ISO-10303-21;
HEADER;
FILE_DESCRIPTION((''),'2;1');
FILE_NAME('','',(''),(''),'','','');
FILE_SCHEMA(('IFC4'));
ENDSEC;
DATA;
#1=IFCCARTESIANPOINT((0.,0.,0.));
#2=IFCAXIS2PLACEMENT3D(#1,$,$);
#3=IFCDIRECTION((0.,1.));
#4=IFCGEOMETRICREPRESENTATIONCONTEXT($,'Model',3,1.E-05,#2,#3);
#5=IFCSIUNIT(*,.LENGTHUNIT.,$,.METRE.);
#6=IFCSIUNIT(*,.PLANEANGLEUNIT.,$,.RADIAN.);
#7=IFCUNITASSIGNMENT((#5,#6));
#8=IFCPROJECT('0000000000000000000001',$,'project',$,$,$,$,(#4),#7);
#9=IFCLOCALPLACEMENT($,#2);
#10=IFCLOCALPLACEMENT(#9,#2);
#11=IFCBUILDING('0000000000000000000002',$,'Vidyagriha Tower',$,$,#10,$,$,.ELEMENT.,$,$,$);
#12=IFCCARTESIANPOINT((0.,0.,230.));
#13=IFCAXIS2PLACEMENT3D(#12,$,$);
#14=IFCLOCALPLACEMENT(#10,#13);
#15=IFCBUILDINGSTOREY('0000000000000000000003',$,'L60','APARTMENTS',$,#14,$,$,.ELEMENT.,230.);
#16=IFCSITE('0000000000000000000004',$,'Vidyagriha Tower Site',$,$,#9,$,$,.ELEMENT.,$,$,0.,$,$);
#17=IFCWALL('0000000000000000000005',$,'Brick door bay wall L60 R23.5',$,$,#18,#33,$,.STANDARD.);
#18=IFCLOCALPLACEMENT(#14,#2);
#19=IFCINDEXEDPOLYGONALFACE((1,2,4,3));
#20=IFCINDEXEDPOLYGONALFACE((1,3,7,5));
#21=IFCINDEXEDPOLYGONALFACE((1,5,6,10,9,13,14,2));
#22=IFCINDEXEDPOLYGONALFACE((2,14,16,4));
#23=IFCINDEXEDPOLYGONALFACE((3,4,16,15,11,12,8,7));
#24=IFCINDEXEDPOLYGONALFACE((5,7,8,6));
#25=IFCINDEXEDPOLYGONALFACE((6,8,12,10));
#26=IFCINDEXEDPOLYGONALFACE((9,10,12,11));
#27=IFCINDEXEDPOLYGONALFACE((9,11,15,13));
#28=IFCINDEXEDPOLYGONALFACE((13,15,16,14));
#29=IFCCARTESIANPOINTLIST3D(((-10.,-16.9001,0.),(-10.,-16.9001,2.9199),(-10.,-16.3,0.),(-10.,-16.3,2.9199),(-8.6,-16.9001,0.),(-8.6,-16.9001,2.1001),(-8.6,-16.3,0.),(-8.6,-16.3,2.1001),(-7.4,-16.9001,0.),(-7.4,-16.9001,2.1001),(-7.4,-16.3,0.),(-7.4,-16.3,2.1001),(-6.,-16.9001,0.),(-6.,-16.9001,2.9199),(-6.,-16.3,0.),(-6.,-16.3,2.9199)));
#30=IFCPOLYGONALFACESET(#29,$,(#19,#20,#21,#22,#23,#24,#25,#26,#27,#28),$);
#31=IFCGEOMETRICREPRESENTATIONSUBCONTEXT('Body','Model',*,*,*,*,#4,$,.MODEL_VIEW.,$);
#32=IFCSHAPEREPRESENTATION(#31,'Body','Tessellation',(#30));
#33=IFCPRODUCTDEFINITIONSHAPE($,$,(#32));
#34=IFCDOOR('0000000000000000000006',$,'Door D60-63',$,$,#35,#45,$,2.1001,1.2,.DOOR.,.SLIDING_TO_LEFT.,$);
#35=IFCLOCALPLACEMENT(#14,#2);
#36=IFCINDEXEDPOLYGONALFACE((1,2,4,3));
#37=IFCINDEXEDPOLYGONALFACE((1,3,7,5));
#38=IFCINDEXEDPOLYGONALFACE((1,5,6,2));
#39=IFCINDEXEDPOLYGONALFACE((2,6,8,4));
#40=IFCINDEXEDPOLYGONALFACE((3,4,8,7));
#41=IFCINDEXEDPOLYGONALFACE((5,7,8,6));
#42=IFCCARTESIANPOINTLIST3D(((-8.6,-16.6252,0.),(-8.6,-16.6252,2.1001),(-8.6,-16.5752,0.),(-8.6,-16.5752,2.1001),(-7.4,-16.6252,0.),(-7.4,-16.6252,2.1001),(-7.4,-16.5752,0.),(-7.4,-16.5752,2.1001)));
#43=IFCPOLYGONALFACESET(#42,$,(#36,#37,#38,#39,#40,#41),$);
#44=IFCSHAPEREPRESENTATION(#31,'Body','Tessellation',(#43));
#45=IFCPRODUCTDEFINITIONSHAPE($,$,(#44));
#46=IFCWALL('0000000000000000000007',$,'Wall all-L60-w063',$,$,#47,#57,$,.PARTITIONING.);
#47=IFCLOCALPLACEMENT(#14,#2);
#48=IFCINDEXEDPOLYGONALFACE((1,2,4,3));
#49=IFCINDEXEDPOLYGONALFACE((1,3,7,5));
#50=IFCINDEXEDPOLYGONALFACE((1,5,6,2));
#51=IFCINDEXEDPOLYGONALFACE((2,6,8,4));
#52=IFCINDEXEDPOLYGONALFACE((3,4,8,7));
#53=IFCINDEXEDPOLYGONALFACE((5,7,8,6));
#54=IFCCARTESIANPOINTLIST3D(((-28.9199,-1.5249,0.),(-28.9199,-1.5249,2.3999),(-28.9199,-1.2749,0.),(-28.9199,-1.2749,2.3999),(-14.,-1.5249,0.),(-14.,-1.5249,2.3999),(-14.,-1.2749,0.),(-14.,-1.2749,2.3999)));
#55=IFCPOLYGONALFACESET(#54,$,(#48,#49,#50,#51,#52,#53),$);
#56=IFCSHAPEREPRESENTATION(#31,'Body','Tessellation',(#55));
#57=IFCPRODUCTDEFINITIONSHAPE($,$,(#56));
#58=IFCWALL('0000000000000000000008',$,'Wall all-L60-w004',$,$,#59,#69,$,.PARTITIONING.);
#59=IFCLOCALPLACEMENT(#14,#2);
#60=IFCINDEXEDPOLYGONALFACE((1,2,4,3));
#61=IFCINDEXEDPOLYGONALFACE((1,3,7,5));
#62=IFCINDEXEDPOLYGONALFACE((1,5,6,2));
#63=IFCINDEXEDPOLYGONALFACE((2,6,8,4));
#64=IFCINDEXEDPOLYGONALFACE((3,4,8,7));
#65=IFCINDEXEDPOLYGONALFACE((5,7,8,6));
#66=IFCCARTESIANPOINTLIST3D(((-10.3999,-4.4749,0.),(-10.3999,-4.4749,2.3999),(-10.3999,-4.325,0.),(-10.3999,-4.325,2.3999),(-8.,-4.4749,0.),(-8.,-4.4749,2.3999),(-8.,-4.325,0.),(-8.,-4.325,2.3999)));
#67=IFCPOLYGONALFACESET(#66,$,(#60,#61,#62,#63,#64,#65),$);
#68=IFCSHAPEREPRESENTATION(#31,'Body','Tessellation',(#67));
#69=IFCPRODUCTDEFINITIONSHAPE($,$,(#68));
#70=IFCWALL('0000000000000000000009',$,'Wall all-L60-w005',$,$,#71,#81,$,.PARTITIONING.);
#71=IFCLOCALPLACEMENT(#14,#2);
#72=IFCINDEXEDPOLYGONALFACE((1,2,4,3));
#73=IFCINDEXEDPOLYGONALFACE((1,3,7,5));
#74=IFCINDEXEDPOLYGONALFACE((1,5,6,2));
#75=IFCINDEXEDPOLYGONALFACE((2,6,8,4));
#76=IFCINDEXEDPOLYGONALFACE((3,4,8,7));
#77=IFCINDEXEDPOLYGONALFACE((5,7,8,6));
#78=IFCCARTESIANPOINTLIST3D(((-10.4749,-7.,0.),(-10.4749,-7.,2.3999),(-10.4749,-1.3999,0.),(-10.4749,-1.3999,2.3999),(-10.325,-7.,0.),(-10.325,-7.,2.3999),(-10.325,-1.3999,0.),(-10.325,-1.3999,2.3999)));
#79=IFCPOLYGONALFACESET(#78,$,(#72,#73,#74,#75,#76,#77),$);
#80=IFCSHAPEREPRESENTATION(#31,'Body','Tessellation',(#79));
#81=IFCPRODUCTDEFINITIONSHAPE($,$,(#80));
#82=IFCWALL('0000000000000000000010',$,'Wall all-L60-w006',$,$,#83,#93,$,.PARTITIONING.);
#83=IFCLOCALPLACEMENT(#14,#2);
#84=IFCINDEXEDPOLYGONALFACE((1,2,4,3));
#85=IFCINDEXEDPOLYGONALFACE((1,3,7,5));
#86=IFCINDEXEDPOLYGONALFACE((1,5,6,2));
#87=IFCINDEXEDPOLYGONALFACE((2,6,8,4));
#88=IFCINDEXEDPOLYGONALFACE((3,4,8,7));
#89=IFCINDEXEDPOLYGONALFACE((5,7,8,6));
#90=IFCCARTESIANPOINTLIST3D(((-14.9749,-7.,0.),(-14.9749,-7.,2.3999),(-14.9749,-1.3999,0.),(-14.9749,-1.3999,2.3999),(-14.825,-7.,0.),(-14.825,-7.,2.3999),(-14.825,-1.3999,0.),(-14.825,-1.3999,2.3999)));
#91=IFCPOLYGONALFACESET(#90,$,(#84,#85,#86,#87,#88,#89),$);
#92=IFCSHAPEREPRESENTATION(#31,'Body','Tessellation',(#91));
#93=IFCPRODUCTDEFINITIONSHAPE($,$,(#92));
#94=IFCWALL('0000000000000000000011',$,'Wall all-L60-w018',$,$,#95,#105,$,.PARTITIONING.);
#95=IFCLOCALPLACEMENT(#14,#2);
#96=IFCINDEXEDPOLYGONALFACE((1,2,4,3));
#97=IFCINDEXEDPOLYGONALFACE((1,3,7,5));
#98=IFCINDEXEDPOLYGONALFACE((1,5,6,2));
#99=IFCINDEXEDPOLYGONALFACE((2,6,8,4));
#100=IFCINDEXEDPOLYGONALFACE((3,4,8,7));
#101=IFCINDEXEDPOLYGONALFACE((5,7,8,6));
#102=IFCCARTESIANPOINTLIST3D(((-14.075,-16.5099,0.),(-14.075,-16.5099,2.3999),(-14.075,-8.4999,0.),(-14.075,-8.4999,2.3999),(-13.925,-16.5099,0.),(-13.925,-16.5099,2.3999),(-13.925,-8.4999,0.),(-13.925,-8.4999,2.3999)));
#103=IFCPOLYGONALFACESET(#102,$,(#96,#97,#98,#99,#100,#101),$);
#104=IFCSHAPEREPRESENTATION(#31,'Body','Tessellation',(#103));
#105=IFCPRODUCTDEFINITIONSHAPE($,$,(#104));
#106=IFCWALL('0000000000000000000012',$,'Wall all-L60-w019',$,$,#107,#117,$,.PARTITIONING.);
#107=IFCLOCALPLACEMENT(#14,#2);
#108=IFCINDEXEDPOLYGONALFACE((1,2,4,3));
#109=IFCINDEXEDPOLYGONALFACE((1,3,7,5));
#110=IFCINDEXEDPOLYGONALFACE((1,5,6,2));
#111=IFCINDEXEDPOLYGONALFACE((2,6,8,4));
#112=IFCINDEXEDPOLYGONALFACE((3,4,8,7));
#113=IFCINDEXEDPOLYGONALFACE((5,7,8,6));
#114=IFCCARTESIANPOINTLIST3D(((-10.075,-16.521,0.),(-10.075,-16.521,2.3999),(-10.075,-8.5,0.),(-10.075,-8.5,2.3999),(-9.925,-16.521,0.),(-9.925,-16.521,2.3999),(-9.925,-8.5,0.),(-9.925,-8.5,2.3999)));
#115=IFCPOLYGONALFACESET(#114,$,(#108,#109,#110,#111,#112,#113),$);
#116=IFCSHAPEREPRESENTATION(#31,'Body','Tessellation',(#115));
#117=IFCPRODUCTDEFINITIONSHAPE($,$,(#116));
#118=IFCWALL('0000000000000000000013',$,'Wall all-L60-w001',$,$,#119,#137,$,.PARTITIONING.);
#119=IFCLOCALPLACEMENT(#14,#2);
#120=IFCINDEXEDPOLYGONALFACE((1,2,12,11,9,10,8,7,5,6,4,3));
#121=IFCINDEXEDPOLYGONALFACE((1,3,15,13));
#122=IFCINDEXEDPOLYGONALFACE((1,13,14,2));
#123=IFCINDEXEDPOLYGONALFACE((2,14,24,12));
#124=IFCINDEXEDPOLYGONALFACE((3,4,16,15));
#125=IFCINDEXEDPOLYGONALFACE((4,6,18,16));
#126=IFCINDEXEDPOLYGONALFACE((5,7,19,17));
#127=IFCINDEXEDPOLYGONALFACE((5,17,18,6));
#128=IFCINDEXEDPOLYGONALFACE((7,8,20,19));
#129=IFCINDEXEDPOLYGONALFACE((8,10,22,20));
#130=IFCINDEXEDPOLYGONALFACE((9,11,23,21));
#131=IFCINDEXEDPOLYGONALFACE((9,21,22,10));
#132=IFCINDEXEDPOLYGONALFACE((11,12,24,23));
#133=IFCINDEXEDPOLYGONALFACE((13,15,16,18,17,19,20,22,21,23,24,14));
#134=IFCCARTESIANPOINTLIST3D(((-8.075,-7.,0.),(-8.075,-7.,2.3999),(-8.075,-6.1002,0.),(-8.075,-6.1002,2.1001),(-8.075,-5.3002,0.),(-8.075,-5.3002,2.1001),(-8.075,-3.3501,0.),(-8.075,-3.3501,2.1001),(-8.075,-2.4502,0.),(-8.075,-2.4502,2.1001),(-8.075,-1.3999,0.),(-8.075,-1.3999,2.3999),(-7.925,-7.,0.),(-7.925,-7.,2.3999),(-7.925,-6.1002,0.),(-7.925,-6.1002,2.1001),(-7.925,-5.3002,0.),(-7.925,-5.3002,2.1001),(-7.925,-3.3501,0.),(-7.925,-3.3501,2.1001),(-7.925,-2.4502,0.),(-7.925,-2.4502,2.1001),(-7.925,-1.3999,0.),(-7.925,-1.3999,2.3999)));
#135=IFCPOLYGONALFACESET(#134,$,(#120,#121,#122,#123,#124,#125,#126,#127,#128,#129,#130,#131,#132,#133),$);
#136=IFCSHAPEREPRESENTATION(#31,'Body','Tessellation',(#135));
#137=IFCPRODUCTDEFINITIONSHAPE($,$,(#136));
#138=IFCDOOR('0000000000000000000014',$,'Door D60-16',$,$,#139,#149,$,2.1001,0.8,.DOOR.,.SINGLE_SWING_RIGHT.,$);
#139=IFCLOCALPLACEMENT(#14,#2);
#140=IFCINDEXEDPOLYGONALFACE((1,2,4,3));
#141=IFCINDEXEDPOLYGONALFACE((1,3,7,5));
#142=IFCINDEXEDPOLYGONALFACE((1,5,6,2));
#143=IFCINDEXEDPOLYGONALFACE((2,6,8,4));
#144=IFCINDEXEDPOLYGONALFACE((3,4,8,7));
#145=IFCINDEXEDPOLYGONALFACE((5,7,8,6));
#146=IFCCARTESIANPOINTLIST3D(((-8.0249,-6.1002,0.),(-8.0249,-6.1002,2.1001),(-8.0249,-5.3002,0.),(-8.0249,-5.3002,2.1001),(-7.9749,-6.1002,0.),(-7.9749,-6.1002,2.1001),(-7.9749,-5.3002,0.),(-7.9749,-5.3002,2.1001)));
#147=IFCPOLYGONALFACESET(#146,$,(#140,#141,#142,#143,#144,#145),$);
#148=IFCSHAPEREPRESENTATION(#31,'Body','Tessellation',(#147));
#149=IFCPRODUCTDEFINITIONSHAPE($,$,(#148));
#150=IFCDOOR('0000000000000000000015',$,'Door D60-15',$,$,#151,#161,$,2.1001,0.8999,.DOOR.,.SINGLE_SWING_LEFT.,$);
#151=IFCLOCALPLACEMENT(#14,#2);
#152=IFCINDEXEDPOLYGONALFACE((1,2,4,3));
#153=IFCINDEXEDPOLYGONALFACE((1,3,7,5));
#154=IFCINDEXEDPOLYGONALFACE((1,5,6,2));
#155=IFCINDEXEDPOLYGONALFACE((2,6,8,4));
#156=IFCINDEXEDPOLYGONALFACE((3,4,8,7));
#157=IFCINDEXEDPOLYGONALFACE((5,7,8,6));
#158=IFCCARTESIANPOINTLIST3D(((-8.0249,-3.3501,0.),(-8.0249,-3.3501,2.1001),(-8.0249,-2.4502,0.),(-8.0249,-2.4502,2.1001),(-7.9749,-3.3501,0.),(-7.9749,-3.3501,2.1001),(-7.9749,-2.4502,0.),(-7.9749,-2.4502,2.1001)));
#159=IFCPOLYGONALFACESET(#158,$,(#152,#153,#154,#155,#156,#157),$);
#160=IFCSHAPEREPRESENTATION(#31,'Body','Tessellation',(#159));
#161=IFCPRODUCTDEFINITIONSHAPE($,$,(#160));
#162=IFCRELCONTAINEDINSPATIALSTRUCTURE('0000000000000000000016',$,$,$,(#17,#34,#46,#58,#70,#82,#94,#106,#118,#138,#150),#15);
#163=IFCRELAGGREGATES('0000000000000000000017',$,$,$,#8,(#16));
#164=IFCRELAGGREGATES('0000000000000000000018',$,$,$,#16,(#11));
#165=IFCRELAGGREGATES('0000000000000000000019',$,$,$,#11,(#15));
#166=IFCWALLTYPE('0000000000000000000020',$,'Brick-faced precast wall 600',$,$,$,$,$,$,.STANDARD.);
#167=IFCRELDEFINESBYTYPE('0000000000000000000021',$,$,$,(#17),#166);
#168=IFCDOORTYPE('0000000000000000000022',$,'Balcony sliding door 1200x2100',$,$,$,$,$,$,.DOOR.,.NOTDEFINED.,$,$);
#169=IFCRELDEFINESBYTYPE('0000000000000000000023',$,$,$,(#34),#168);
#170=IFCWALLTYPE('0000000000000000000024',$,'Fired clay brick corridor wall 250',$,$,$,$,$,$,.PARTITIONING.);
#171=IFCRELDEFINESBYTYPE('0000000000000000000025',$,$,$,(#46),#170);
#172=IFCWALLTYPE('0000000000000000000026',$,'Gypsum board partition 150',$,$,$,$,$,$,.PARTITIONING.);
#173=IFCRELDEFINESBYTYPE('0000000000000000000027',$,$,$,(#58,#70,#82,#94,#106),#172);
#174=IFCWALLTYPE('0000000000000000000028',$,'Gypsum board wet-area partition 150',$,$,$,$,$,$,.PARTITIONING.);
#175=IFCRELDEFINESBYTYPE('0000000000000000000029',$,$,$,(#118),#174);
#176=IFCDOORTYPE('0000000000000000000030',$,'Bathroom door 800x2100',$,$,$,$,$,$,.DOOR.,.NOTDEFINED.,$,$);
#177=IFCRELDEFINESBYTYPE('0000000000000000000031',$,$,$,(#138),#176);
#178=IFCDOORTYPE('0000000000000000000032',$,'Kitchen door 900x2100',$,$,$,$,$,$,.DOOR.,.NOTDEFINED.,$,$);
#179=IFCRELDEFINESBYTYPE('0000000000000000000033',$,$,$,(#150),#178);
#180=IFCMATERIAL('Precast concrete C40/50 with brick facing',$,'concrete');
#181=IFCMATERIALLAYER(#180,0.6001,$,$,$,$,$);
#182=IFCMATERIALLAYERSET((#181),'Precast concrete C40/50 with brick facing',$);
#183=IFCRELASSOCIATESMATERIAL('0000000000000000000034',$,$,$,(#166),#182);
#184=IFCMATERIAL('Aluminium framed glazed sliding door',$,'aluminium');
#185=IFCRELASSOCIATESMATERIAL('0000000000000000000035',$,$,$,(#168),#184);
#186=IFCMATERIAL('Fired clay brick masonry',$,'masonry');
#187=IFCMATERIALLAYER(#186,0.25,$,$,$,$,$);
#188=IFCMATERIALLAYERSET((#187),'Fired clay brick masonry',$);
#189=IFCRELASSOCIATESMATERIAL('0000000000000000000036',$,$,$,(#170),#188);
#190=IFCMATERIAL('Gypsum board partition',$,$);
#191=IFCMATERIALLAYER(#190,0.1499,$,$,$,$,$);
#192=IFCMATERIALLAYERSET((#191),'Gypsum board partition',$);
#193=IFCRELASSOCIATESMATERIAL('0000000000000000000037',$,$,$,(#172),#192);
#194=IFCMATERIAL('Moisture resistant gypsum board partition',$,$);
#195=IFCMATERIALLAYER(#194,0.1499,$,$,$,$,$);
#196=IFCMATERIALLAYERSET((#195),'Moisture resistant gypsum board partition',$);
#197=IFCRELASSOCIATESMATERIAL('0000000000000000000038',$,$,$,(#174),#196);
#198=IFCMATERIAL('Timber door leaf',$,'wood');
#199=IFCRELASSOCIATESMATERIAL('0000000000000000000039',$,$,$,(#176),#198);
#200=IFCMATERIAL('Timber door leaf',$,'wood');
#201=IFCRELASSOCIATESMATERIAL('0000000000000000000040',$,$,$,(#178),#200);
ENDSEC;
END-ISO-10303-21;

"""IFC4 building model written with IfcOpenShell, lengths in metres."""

from ifc_helpers import new_model, si_unit, direction, frame, frame_2d, origin, place, context, subcontext, project, spatial, rectangle, extrude, material, layer, layer_set, type_object, element, fill, save


model = new_model("IFC4")

# Units and contexts
model_context = context("Model", 3, precision=1e-05, world=origin(), true_north=direction((0.0, 1.0)))
body_context = subcontext(model_context, "Body", "Model", "MODEL_VIEW")
ifc_project = project(units=[si_unit("LENGTHUNIT", "METRE"), si_unit("PLANEANGLEUNIT", "RADIAN")], contexts=[model_context])

# Site, building, storey
site_placement = place(None, origin())
site = spatial("IfcSite", under=ifc_project, at=site_placement, Name="Vidyagriha Tower Site", CompositionType="ELEMENT", RefElevation=0.0)
building_placement = place(site_placement, origin())
building = spatial("IfcBuilding", under=site, at=building_placement, Name="Vidyagriha Tower", CompositionType="ELEMENT")
storey_placement = place(building_placement, frame((0.0, 0.0, 230.0)))
storey = spatial("IfcBuildingStorey", under=building, at=storey_placement, Name="L60", Description="APARTMENTS", CompositionType="ELEMENT", Elevation=230.0)

# Wall, opening, door
ifc_material_1 = material(Name="Precast concrete C40/50 with brick facing", Category="concrete")
ifc_layer_1 = layer(ifc_material_1, 0.6001)
ifc_layer_set_1 = layer_set([ifc_layer_1], Name="Precast concrete C40/50 with brick facing")
wall_type_1 = type_object("IfcWallType", Name="Brick-faced precast wall 600", PredefinedType="STANDARD", material=ifc_layer_set_1)
ifc_material_2 = material(Name="Aluminium framed glazed sliding door", Category="aluminium")
door_type_1 = type_object("IfcDoorType", Name="Balcony sliding door 1200x2100", OperationType="NOTDEFINED", PredefinedType="DOOR", material=ifc_material_2)
wall_1_placement = place(storey_placement, frame((-10.0, -16.6001, 0.0)))
wall_1 = element("IfcWall", 1, at=wall_1_placement, inside=storey, type_object=wall_type_1, Name="Brick door bay wall L60 R23.5", PredefinedType="STANDARD", context=body_context, shape_type="SweptSolid", body=[
    extrude(rectangle(XDim=4.0, YDim=0.6001, at=frame_2d((2.0, 0.0))), origin(), (0.0, 0.0, 1.0), 2.9199),
])
opening_1_placement = place(wall_1_placement, frame((1.3999, 0.0, 0.0)))
opening_1 = element("IfcOpeningElement", 2, at=opening_1_placement, cuts=wall_1, PredefinedType="OPENING", context=body_context, shape_type="SweptSolid", body=[
    extrude(rectangle(XDim=1.2, YDim=2.1001, at=frame_2d((0.6001, 1.05))), frame((0.0, 0.3101, 0.0), z_axis=(0.0, -1.0, 0.0), x_axis=(1.0, 0.0, 0.0)), (0.0, 0.0, 1.0), 0.6201),
])
door_1_placement = place(opening_1_placement, origin())
door_1 = element("IfcDoor", 3, at=door_1_placement, inside=storey, type_object=door_type_1, Name="Door D60-63", OperationType="SLIDING_TO_LEFT", OverallHeight=2.1001, OverallWidth=1.2, PredefinedType="DOOR", context=body_context, shape_type="SweptSolid", body=[
    extrude(rectangle(XDim=1.2, YDim=2.1001, at=frame_2d((0.6001, 1.05))), frame((0.0, 0.0249, 0.0), z_axis=(0.0, -1.0, 0.0), x_axis=(1.0, 0.0, 0.0)), (0.0, 0.0, 1.0), 0.05),
])
fill(opening_1, door_1)

# Walls
ifc_material_3 = material(Name="Fired clay brick masonry", Category="masonry")
ifc_layer_2 = layer(ifc_material_3, 0.25)
ifc_layer_set_2 = layer_set([ifc_layer_2], Name="Fired clay brick masonry")
wall_type_2 = type_object("IfcWallType", Name="Fired clay brick corridor wall 250", PredefinedType="PARTITIONING", material=ifc_layer_set_2)
wall_2_placement = place(storey_placement, frame((-14.0, -1.3999, 0.0), z_axis=(0.0, 0.0, 1.0), x_axis=(-1.0, 0.0, 0.0)))
element("IfcWall", 4, at=wall_2_placement, inside=storey, type_object=wall_type_2, Name="Wall all-L60-w063", PredefinedType="PARTITIONING", context=body_context, shape_type="SweptSolid", body=[
    extrude(rectangle(XDim=14.9199, YDim=0.25, at=frame_2d((7.46, 0.0))), origin(), (0.0, 0.0, 1.0), 2.3999),
])
ifc_material_4 = material(Name="Gypsum board partition")
ifc_layer_3 = layer(ifc_material_4, 0.1499)
ifc_layer_set_3 = layer_set([ifc_layer_3], Name="Gypsum board partition")
wall_type_3 = type_object("IfcWallType", Name="Gypsum board partition 150", PredefinedType="PARTITIONING", material=ifc_layer_set_3)
wall_3_placement = place(storey_placement, frame((-8.0, -4.3999, 0.0), z_axis=(0.0, 0.0, 1.0), x_axis=(-1.0, 0.0, 0.0)))
element("IfcWall", 5, at=wall_3_placement, inside=storey, type_object=wall_type_3, Name="Wall all-L60-w004", PredefinedType="PARTITIONING", context=body_context, shape_type="SweptSolid", body=[
    extrude(rectangle(XDim=2.3999, YDim=0.1499, at=frame_2d((1.2, 0.0))), origin(), (0.0, 0.0, 1.0), 2.3999),
])
for number, where, z_axis, x_axis, name in (
    (6, (-10.3999, -7.0, 0.0), (0.0, 0.0, 1.0), (0.0, 1.0, 0.0), "Wall all-L60-w005"),
    (7, (-14.8999, -7.0, 0.0), (0.0, 0.0, 1.0), (0.0, 1.0, 0.0), "Wall all-L60-w006"),
):
    element("IfcWall", number, at=place(storey_placement, frame(where, z_axis=z_axis, x_axis=x_axis)), inside=storey, type_object=wall_type_3, Name=name, PredefinedType="PARTITIONING", context=body_context, shape_type="SweptSolid", body=[
        extrude(rectangle(XDim=5.6001, YDim=0.1499, at=frame_2d((2.8, 0.0))), origin(), (0.0, 0.0, 1.0), 2.3999),
    ])
wall_4_placement = place(storey_placement, frame((-14.0, -8.5, 0.0), z_axis=(0.0, 0.0, 1.0), x_axis=(0.0, -1.0, 0.0)))
element("IfcWall", 8, at=wall_4_placement, inside=storey, type_object=wall_type_3, Name="Wall all-L60-w018", PredefinedType="PARTITIONING", context=body_context, shape_type="SweptSolid", body=[
    extrude(rectangle(XDim=8.01, YDim=0.1499, at=frame_2d((4.0049, 0.0))), origin(), (0.0, 0.0, 1.0), 2.3999),
])
wall_5_placement = place(storey_placement, frame((-10.0, -8.5, 0.0), z_axis=(0.0, 0.0, 1.0), x_axis=(0.0, -1.0, 0.0)))
element("IfcWall", 9, at=wall_5_placement, inside=storey, type_object=wall_type_3, Name="Wall all-L60-w019", PredefinedType="PARTITIONING", context=body_context, shape_type="SweptSolid", body=[
    extrude(rectangle(XDim=8.021, YDim=0.1499, at=frame_2d((4.0105, 0.0))), origin(), (0.0, 0.0, 1.0), 2.3999),
])

# Wall, openings, doors
ifc_material_5 = material(Name="Moisture resistant gypsum board partition")
ifc_layer_4 = layer(ifc_material_5, 0.1499)
ifc_layer_set_4 = layer_set([ifc_layer_4], Name="Moisture resistant gypsum board partition")
wall_type_4 = type_object("IfcWallType", Name="Gypsum board wet-area partition 150", PredefinedType="PARTITIONING", material=ifc_layer_set_4)
wall_6_placement = place(storey_placement, frame((-8.0, -7.0, 0.0), z_axis=(0.0, 0.0, 1.0), x_axis=(0.0, 1.0, 0.0)))
wall_6 = element("IfcWall", 10, at=wall_6_placement, inside=storey, type_object=wall_type_4, Name="Wall all-L60-w001", PredefinedType="PARTITIONING", context=body_context, shape_type="SweptSolid", body=[
    extrude(rectangle(XDim=5.6001, YDim=0.1499, at=frame_2d((2.8, 0.0))), origin(), (0.0, 0.0, 1.0), 2.3999),
])
opening_2_placement = place(wall_6_placement, frame((3.6499, 0.0, 0.0)))
opening_2 = element("IfcOpeningElement", 11, at=opening_2_placement, cuts=wall_6, PredefinedType="OPENING", context=body_context, shape_type="SweptSolid", body=[
    extrude(rectangle(XDim=0.8999, YDim=2.1001, at=frame_2d((0.45, 1.05))), frame((0.0, 0.085, 0.0), z_axis=(0.0, -1.0, 0.0), x_axis=(1.0, 0.0, 0.0)), (0.0, 0.0, 1.0), 0.1699),
])
opening_3_placement = place(wall_6_placement, frame((0.8999, 0.0, 0.0)))
opening_3 = element("IfcOpeningElement", 12, at=opening_3_placement, cuts=wall_6, PredefinedType="OPENING", context=body_context, shape_type="SweptSolid", body=[
    extrude(rectangle(XDim=0.8, YDim=2.1001, at=frame_2d((0.3999, 1.05))), frame((0.0, 0.085, 0.0), z_axis=(0.0, -1.0, 0.0), x_axis=(1.0, 0.0, 0.0)), (0.0, 0.0, 1.0), 0.1699),
])
ifc_material_6 = material(Name="Timber door leaf", Category="wood")
door_type_2 = type_object("IfcDoorType", Name="Bathroom door 800x2100", OperationType="NOTDEFINED", PredefinedType="DOOR", material=ifc_material_6)
door_2_placement = place(opening_3_placement, origin())
door_2 = element("IfcDoor", 13, at=door_2_placement, inside=storey, type_object=door_type_2, Name="Door D60-16", OperationType="SINGLE_SWING_RIGHT", OverallHeight=2.1001, OverallWidth=0.8, PredefinedType="DOOR", context=body_context, shape_type="SweptSolid", body=[
    extrude(rectangle(XDim=0.8, YDim=2.1001, at=frame_2d((0.3999, 1.05))), frame((0.0, 0.0249, 0.0), z_axis=(0.0, -1.0, 0.0), x_axis=(1.0, 0.0, 0.0)), (0.0, 0.0, 1.0), 0.05),
])
fill(opening_3, door_2)
ifc_material_7 = material(Name="Timber door leaf", Category="wood")
door_type_3 = type_object("IfcDoorType", Name="Kitchen door 900x2100", OperationType="NOTDEFINED", PredefinedType="DOOR", material=ifc_material_7)
door_3_placement = place(opening_2_placement, origin())
door_3 = element("IfcDoor", 14, at=door_3_placement, inside=storey, type_object=door_type_3, Name="Door D60-15", OperationType="SINGLE_SWING_LEFT", OverallHeight=2.1001, OverallWidth=0.8999, PredefinedType="DOOR", context=body_context, shape_type="SweptSolid", body=[
    extrude(rectangle(XDim=0.8999, YDim=2.1001, at=frame_2d((0.45, 1.05))), frame((0.0, 0.0249, 0.0), z_axis=(0.0, -1.0, 0.0), x_axis=(1.0, 0.0, 0.0)), (0.0, 0.0, 1.0), 0.05),
])
fill(opening_2, door_3)

save(model, "model.ifc")
